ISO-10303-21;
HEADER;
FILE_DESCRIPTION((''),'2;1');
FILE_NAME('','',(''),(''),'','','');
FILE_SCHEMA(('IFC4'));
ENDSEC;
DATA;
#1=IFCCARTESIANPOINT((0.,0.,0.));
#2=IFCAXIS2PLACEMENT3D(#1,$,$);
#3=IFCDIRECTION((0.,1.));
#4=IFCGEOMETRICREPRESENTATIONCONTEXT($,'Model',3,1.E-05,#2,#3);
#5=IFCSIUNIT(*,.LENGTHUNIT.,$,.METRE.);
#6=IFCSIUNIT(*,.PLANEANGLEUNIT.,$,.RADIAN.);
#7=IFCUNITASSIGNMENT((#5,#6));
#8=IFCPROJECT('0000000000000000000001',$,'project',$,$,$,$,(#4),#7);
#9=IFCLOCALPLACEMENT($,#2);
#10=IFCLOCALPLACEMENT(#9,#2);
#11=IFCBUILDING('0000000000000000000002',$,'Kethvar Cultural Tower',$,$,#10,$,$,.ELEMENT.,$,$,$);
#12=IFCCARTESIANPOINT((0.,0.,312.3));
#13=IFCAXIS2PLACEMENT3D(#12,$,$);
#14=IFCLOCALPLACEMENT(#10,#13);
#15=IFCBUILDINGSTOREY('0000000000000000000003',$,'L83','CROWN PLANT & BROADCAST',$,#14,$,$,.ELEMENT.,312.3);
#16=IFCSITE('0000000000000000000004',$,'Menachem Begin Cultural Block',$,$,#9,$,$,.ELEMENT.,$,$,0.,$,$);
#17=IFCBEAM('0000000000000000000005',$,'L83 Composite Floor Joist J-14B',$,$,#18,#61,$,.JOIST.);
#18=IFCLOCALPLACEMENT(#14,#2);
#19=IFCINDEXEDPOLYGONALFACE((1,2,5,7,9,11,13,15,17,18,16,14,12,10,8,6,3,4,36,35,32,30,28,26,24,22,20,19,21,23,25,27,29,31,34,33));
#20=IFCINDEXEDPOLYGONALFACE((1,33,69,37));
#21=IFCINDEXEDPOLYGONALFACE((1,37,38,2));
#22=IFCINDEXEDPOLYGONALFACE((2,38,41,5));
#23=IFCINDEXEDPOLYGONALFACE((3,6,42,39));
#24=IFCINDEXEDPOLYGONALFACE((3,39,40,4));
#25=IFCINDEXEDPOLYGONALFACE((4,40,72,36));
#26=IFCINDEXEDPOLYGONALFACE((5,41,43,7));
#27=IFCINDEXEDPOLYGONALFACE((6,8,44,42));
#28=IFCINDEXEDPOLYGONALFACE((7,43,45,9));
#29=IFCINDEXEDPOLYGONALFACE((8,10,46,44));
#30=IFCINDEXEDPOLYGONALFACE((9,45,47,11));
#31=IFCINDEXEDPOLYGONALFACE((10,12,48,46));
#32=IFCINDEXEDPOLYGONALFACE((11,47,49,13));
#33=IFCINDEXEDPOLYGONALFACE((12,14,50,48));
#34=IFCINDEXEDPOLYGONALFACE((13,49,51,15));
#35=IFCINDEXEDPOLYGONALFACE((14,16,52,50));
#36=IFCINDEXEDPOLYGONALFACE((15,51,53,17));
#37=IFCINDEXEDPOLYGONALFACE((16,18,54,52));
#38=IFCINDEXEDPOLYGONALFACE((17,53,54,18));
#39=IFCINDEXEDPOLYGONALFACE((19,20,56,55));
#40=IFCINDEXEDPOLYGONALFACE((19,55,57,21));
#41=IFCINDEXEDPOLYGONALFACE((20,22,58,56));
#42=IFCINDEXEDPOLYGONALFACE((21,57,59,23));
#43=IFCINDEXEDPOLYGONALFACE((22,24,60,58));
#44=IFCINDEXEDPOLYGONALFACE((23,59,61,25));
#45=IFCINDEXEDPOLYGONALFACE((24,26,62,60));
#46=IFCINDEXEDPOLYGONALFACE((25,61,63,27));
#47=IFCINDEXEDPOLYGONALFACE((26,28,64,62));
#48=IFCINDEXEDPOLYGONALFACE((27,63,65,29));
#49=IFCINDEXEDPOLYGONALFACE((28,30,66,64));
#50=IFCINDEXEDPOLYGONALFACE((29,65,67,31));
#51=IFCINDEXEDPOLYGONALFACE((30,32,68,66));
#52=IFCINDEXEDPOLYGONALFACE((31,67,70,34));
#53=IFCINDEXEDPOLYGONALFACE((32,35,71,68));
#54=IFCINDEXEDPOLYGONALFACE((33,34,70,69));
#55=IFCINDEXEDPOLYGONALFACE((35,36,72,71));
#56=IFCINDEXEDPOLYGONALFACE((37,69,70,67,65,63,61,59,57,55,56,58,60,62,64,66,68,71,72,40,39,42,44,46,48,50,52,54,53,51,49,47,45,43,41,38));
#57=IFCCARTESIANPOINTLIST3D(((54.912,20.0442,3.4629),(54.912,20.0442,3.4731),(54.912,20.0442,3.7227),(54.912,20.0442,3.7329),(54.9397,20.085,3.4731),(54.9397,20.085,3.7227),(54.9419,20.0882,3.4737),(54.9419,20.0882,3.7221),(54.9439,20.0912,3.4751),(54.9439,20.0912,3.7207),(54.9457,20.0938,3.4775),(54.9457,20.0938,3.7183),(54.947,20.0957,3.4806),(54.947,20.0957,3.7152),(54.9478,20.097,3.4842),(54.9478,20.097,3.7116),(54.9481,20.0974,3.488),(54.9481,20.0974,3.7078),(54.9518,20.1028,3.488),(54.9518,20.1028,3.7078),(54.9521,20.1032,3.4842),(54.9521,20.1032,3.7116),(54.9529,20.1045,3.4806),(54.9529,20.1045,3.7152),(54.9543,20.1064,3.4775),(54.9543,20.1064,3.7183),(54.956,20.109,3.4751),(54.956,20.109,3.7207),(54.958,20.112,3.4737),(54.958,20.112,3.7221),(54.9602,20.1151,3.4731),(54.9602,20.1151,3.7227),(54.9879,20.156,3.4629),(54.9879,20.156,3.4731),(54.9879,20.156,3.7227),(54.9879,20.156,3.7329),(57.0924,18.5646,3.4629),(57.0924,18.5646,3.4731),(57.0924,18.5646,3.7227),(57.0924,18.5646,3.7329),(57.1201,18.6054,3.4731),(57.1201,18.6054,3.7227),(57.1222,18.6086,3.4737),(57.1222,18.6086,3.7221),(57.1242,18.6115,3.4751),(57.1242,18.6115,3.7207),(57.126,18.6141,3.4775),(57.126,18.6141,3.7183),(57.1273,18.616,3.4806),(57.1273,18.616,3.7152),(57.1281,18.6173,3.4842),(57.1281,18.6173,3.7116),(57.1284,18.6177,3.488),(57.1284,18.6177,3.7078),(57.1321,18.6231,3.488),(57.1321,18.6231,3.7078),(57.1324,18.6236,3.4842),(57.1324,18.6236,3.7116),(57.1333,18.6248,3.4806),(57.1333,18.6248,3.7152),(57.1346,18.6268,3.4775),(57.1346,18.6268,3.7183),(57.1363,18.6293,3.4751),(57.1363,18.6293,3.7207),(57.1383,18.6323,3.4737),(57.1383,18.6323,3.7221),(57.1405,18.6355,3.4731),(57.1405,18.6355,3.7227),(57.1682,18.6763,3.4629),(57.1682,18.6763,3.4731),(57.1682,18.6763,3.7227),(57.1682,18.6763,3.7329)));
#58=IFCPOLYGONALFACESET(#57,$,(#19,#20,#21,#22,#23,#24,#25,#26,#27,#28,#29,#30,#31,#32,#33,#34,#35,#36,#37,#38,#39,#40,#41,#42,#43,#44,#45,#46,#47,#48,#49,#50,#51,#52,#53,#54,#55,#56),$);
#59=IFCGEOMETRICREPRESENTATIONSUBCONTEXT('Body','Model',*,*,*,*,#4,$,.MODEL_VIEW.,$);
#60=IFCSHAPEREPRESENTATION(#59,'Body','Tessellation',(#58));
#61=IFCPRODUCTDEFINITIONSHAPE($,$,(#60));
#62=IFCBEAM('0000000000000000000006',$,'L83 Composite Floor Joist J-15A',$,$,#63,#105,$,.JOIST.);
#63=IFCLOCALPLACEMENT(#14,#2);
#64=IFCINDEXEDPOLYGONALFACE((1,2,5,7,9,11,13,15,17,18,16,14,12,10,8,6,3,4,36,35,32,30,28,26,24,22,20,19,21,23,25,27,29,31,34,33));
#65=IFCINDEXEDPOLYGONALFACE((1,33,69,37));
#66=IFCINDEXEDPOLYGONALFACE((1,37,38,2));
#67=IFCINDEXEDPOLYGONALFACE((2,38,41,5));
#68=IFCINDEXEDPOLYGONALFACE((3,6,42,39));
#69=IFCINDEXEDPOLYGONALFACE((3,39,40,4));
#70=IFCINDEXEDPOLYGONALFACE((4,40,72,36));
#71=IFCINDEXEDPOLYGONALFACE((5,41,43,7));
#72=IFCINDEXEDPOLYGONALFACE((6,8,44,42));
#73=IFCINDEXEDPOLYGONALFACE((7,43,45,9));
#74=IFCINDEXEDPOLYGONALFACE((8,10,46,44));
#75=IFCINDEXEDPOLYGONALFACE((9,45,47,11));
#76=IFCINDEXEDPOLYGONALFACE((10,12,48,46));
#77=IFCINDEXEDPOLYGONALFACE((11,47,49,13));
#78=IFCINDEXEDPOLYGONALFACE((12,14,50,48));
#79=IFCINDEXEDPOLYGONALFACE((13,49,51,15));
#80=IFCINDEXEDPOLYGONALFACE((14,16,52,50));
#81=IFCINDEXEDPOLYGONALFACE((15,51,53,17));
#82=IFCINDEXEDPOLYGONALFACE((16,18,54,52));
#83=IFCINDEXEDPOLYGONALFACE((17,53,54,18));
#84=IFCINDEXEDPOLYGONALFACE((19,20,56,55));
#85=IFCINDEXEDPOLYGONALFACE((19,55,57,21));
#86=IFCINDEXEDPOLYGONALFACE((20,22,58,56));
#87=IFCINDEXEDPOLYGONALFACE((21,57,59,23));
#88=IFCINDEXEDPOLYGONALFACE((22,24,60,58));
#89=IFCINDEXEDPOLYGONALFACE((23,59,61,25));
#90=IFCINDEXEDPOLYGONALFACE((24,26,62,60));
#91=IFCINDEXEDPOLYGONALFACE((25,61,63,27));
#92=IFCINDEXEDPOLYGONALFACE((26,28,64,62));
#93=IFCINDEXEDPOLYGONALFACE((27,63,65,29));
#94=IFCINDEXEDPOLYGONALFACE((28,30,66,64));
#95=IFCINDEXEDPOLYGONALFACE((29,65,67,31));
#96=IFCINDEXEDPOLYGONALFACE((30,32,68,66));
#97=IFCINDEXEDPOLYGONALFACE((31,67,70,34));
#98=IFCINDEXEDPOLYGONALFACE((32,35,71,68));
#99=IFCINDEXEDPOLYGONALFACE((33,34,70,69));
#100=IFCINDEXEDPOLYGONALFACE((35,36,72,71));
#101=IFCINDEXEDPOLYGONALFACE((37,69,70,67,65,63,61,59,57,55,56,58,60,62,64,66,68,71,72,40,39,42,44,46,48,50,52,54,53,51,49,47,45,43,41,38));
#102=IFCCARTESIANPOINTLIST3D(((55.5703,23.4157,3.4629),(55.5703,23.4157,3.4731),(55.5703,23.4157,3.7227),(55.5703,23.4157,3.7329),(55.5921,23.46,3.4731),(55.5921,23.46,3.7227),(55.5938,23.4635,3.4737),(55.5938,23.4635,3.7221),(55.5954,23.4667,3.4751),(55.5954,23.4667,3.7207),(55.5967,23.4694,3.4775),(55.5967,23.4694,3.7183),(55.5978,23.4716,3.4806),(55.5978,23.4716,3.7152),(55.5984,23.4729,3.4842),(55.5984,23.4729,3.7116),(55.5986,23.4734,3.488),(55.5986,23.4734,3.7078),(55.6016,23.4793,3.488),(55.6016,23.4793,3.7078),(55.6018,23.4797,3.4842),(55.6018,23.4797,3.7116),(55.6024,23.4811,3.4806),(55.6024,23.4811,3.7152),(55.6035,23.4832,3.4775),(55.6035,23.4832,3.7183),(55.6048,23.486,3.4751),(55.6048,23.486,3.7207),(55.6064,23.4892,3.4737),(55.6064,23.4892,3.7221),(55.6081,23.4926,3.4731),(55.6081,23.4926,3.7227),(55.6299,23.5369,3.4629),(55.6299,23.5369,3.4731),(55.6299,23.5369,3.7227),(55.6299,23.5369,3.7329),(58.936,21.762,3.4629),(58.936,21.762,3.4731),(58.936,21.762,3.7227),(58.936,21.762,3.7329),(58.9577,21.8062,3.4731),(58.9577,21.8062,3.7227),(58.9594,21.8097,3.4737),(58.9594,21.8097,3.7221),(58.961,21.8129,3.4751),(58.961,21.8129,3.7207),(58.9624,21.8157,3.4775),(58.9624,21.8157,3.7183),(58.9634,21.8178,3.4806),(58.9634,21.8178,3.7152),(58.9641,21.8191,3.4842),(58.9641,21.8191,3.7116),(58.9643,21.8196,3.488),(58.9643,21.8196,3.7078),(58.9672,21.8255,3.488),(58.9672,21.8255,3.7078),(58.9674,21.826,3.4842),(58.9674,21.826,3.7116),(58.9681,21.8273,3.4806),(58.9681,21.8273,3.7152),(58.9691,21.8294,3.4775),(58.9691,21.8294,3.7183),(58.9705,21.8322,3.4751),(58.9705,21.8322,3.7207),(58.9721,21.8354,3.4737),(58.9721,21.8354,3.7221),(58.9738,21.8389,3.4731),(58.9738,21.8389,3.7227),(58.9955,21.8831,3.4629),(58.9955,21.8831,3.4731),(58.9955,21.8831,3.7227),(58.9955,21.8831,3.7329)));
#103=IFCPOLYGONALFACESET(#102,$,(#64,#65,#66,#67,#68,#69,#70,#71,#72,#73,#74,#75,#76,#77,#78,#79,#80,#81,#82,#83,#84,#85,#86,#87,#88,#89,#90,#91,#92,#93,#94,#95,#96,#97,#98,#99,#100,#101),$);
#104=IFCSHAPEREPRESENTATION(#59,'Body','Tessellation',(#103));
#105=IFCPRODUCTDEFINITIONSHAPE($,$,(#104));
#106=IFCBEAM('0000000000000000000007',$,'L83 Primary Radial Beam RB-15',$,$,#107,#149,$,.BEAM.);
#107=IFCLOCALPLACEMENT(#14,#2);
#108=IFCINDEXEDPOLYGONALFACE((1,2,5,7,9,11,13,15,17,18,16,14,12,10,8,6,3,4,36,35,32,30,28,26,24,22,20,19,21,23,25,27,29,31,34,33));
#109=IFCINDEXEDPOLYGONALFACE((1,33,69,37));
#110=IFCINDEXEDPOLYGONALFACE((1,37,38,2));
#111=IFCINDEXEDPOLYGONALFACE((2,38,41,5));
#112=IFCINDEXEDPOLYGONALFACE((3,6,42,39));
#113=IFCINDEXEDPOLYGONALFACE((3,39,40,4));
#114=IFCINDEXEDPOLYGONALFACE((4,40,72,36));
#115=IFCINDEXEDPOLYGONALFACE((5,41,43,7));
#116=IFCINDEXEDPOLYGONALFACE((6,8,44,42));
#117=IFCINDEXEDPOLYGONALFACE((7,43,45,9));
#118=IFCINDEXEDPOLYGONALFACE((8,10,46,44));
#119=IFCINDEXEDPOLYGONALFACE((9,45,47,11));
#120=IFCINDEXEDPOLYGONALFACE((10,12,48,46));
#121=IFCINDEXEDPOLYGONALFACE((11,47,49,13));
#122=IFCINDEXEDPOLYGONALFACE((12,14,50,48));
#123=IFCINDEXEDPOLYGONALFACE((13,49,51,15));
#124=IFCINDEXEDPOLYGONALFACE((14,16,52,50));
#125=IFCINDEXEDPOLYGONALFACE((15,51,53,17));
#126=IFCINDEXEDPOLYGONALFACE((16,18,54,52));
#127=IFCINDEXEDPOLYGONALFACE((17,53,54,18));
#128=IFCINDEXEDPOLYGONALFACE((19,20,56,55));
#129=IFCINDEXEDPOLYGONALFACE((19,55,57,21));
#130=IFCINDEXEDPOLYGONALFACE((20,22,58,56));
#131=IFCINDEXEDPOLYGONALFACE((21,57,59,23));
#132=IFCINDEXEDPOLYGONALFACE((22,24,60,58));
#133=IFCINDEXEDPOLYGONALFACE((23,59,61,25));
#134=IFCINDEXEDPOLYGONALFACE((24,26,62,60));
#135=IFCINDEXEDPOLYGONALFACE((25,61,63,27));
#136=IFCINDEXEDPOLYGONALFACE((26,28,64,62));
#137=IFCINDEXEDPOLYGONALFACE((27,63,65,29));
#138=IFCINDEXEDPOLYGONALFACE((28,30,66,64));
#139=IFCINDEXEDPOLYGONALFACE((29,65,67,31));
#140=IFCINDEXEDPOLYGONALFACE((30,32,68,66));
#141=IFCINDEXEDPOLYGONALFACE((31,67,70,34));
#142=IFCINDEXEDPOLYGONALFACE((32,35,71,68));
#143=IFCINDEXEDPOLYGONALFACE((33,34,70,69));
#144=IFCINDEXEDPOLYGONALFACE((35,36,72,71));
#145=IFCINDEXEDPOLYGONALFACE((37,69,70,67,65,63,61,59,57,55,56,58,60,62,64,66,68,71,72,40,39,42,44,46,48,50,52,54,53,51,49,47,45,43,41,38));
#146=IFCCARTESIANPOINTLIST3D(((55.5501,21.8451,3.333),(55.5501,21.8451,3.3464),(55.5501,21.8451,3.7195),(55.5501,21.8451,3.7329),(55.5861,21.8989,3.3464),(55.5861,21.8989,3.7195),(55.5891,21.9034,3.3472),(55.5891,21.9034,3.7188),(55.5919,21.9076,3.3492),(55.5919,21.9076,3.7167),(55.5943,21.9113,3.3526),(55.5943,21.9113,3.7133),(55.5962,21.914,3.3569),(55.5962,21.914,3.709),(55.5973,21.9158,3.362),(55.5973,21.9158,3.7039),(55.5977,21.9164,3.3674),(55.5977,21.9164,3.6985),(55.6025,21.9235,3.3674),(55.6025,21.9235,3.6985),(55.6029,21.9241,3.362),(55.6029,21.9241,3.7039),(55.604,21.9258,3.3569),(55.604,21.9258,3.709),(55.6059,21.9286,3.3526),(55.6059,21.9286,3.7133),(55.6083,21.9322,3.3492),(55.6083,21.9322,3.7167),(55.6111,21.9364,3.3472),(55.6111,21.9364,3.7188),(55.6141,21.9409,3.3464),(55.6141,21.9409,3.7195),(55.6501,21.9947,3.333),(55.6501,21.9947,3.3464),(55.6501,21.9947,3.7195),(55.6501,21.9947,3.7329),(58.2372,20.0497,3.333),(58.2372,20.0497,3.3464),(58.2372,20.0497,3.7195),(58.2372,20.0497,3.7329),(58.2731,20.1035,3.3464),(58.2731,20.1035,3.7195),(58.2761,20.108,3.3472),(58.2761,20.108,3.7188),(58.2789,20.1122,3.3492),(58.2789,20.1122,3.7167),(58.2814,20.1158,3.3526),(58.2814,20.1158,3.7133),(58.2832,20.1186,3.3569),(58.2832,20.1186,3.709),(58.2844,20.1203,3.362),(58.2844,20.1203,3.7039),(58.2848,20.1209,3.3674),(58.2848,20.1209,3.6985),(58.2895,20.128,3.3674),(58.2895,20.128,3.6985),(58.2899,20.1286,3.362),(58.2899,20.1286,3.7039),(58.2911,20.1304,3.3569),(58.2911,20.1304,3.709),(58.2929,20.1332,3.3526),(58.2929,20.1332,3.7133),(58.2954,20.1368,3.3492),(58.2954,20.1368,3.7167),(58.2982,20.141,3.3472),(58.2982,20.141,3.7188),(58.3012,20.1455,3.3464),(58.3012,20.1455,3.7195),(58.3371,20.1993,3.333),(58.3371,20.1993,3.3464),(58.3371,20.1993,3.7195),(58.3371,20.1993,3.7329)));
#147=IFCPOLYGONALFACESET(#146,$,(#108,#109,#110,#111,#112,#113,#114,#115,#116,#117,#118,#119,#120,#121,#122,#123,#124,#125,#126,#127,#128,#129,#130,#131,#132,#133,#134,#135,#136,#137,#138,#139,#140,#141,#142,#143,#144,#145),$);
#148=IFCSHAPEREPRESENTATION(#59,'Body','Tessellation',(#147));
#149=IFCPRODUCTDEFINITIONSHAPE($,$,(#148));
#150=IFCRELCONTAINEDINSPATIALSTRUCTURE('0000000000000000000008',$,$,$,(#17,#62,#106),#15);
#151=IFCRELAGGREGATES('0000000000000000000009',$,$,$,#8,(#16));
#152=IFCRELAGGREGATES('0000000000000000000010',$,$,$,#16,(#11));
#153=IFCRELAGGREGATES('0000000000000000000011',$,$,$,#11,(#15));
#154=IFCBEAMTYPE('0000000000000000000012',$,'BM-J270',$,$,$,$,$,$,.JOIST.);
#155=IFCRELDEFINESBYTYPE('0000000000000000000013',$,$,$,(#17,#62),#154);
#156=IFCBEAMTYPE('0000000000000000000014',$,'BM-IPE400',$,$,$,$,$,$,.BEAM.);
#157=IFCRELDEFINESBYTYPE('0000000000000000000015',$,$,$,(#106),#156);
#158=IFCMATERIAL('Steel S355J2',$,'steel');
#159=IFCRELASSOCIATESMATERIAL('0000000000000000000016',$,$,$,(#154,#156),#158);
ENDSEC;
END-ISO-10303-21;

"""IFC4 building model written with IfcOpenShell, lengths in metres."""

from ifc_helpers import new_model, si_unit, direction, frame, origin, origin_2d, place, context, subcontext, project, spatial, i_section, extrude, source, transform, mapped, material, material_profile, profile_set, type_object, element, save


model = new_model("IFC4")

# Units and contexts
model_context = context("Model", 3, precision=1e-05, world=origin(), true_north=direction((0.0, 1.0)))
body_context = subcontext(model_context, "Body", "Model", "MODEL_VIEW")
ifc_project = project(units=[si_unit("LENGTHUNIT", "METRE"), si_unit("PLANEANGLEUNIT", "RADIAN")], contexts=[model_context])

# Site, building, storey
site_placement = place(None, origin())
site = spatial("IfcSite", under=ifc_project, at=site_placement, Name="Menachem Begin Cultural Block", CompositionType="ELEMENT", RefElevation=0.0)
building_placement = place(site_placement, origin())
building = spatial("IfcBuilding", under=site, at=building_placement, Name="Kethvar Cultural Tower", CompositionType="ELEMENT")
storey_placement = place(building_placement, frame((0.0, 0.0, 312.3)))
storey = spatial("IfcBuildingStorey", under=building, at=storey_placement, Name="L83", Description="CROWN PLANT & BROADCAST", CompositionType="ELEMENT", Elevation=312.3)

# Beams
ifc_material_1 = material(Name="Steel S355J2", Category="steel")
ifc_material_profile_1 = material_profile(ifc_material_1, i_section(OverallWidth=0.135, OverallDepth=0.27, WebThickness=0.0066, FlangeThickness=0.0103, FilletRadius=0.0149, at=origin_2d()), Name="Steel S355J2 — IPE270")
ifc_profile_set_1 = profile_set([ifc_material_profile_1], Name="Steel S355J2 — IPE270")
beam_type_1 = type_object("IfcBeamType", Name="BM-J270", PredefinedType="JOIST", material=ifc_profile_set_1)
shared_shape_1 = source(origin(), body_context, "Body", "SweptSolid", [
    extrude(i_section(OverallWidth=0.135, OverallDepth=0.27, WebThickness=0.0066, FlangeThickness=0.0103, FilletRadius=0.0149, at=origin_2d()), origin(), (0.0, 0.0, 1.0), 2.635),
])
beam_1_placement = place(storey_placement, frame((54.95, 20.1001, 3.5979), z_axis=(0.827447, -0.561544, 0.0), x_axis=(0.561544, 0.827447, 0.0)))
element("IfcBeam", 1, at=beam_1_placement, inside=storey, type_object=beam_type_1, Name="L83 Composite Floor Joist J-14B", PredefinedType="JOIST", context=body_context, shape_type="MappedRepresentation", body=[
    mapped(shared_shape_1, transform((0.0, 0.0, 0.0), scale=1.0)),
])
shared_shape_2 = source(origin(), body_context, "Body", "SweptSolid", [
    extrude(i_section(OverallWidth=0.135, OverallDepth=0.27, WebThickness=0.0066, FlangeThickness=0.0103, FilletRadius=0.0149, at=origin_2d()), origin(), (0.0, 0.0, 1.0), 3.75),
])
beam_2_placement = place(storey_placement, frame((55.6001, 23.4763, 3.5979), z_axis=(0.897505, -0.441005, 0.0), x_axis=(0.441005, 0.897505, 0.0)))
element("IfcBeam", 2, at=beam_2_placement, inside=storey, type_object=beam_type_1, Name="L83 Composite Floor Joist J-15A", PredefinedType="JOIST", context=body_context, shape_type="MappedRepresentation", body=[
    mapped(shared_shape_2, transform((0.0, 0.0, 0.0), scale=1.0)),
])
ifc_material_profile_2 = material_profile(ifc_material_1, i_section(OverallWidth=0.1799, OverallDepth=0.3999, WebThickness=0.0085, FlangeThickness=0.0134, FilletRadius=0.021, at=origin_2d()), Name="Steel S355J2 — IPE400")
ifc_profile_set_2 = profile_set([ifc_material_profile_2], Name="Steel S355J2 — IPE400")
beam_type_2 = type_object("IfcBeamType", Name="BM-IPE400", PredefinedType="BEAM", material=ifc_profile_set_2)
shared_shape_3 = source(origin(), body_context, "Body", "SweptSolid", [
    extrude(i_section(OverallWidth=0.1799, OverallDepth=0.3999, WebThickness=0.0085, FlangeThickness=0.0134, FilletRadius=0.021, at=origin_2d()), origin(), (0.0, 0.0, 1.0), 3.2317),
])
beam_3_placement = place(storey_placement, frame((55.6001, 21.9199, 3.533), z_axis=(0.831469, -0.555572, 0.0), x_axis=(0.555572, 0.831469, 0.0)))
element("IfcBeam", 3, at=beam_3_placement, inside=storey, type_object=beam_type_2, Name="L83 Primary Radial Beam RB-15", PredefinedType="BEAM", context=body_context, shape_type="MappedRepresentation", body=[
    mapped(shared_shape_3, transform((0.0, 0.0, 0.0), scale=1.0)),
])

save(model, "model.ifc")
